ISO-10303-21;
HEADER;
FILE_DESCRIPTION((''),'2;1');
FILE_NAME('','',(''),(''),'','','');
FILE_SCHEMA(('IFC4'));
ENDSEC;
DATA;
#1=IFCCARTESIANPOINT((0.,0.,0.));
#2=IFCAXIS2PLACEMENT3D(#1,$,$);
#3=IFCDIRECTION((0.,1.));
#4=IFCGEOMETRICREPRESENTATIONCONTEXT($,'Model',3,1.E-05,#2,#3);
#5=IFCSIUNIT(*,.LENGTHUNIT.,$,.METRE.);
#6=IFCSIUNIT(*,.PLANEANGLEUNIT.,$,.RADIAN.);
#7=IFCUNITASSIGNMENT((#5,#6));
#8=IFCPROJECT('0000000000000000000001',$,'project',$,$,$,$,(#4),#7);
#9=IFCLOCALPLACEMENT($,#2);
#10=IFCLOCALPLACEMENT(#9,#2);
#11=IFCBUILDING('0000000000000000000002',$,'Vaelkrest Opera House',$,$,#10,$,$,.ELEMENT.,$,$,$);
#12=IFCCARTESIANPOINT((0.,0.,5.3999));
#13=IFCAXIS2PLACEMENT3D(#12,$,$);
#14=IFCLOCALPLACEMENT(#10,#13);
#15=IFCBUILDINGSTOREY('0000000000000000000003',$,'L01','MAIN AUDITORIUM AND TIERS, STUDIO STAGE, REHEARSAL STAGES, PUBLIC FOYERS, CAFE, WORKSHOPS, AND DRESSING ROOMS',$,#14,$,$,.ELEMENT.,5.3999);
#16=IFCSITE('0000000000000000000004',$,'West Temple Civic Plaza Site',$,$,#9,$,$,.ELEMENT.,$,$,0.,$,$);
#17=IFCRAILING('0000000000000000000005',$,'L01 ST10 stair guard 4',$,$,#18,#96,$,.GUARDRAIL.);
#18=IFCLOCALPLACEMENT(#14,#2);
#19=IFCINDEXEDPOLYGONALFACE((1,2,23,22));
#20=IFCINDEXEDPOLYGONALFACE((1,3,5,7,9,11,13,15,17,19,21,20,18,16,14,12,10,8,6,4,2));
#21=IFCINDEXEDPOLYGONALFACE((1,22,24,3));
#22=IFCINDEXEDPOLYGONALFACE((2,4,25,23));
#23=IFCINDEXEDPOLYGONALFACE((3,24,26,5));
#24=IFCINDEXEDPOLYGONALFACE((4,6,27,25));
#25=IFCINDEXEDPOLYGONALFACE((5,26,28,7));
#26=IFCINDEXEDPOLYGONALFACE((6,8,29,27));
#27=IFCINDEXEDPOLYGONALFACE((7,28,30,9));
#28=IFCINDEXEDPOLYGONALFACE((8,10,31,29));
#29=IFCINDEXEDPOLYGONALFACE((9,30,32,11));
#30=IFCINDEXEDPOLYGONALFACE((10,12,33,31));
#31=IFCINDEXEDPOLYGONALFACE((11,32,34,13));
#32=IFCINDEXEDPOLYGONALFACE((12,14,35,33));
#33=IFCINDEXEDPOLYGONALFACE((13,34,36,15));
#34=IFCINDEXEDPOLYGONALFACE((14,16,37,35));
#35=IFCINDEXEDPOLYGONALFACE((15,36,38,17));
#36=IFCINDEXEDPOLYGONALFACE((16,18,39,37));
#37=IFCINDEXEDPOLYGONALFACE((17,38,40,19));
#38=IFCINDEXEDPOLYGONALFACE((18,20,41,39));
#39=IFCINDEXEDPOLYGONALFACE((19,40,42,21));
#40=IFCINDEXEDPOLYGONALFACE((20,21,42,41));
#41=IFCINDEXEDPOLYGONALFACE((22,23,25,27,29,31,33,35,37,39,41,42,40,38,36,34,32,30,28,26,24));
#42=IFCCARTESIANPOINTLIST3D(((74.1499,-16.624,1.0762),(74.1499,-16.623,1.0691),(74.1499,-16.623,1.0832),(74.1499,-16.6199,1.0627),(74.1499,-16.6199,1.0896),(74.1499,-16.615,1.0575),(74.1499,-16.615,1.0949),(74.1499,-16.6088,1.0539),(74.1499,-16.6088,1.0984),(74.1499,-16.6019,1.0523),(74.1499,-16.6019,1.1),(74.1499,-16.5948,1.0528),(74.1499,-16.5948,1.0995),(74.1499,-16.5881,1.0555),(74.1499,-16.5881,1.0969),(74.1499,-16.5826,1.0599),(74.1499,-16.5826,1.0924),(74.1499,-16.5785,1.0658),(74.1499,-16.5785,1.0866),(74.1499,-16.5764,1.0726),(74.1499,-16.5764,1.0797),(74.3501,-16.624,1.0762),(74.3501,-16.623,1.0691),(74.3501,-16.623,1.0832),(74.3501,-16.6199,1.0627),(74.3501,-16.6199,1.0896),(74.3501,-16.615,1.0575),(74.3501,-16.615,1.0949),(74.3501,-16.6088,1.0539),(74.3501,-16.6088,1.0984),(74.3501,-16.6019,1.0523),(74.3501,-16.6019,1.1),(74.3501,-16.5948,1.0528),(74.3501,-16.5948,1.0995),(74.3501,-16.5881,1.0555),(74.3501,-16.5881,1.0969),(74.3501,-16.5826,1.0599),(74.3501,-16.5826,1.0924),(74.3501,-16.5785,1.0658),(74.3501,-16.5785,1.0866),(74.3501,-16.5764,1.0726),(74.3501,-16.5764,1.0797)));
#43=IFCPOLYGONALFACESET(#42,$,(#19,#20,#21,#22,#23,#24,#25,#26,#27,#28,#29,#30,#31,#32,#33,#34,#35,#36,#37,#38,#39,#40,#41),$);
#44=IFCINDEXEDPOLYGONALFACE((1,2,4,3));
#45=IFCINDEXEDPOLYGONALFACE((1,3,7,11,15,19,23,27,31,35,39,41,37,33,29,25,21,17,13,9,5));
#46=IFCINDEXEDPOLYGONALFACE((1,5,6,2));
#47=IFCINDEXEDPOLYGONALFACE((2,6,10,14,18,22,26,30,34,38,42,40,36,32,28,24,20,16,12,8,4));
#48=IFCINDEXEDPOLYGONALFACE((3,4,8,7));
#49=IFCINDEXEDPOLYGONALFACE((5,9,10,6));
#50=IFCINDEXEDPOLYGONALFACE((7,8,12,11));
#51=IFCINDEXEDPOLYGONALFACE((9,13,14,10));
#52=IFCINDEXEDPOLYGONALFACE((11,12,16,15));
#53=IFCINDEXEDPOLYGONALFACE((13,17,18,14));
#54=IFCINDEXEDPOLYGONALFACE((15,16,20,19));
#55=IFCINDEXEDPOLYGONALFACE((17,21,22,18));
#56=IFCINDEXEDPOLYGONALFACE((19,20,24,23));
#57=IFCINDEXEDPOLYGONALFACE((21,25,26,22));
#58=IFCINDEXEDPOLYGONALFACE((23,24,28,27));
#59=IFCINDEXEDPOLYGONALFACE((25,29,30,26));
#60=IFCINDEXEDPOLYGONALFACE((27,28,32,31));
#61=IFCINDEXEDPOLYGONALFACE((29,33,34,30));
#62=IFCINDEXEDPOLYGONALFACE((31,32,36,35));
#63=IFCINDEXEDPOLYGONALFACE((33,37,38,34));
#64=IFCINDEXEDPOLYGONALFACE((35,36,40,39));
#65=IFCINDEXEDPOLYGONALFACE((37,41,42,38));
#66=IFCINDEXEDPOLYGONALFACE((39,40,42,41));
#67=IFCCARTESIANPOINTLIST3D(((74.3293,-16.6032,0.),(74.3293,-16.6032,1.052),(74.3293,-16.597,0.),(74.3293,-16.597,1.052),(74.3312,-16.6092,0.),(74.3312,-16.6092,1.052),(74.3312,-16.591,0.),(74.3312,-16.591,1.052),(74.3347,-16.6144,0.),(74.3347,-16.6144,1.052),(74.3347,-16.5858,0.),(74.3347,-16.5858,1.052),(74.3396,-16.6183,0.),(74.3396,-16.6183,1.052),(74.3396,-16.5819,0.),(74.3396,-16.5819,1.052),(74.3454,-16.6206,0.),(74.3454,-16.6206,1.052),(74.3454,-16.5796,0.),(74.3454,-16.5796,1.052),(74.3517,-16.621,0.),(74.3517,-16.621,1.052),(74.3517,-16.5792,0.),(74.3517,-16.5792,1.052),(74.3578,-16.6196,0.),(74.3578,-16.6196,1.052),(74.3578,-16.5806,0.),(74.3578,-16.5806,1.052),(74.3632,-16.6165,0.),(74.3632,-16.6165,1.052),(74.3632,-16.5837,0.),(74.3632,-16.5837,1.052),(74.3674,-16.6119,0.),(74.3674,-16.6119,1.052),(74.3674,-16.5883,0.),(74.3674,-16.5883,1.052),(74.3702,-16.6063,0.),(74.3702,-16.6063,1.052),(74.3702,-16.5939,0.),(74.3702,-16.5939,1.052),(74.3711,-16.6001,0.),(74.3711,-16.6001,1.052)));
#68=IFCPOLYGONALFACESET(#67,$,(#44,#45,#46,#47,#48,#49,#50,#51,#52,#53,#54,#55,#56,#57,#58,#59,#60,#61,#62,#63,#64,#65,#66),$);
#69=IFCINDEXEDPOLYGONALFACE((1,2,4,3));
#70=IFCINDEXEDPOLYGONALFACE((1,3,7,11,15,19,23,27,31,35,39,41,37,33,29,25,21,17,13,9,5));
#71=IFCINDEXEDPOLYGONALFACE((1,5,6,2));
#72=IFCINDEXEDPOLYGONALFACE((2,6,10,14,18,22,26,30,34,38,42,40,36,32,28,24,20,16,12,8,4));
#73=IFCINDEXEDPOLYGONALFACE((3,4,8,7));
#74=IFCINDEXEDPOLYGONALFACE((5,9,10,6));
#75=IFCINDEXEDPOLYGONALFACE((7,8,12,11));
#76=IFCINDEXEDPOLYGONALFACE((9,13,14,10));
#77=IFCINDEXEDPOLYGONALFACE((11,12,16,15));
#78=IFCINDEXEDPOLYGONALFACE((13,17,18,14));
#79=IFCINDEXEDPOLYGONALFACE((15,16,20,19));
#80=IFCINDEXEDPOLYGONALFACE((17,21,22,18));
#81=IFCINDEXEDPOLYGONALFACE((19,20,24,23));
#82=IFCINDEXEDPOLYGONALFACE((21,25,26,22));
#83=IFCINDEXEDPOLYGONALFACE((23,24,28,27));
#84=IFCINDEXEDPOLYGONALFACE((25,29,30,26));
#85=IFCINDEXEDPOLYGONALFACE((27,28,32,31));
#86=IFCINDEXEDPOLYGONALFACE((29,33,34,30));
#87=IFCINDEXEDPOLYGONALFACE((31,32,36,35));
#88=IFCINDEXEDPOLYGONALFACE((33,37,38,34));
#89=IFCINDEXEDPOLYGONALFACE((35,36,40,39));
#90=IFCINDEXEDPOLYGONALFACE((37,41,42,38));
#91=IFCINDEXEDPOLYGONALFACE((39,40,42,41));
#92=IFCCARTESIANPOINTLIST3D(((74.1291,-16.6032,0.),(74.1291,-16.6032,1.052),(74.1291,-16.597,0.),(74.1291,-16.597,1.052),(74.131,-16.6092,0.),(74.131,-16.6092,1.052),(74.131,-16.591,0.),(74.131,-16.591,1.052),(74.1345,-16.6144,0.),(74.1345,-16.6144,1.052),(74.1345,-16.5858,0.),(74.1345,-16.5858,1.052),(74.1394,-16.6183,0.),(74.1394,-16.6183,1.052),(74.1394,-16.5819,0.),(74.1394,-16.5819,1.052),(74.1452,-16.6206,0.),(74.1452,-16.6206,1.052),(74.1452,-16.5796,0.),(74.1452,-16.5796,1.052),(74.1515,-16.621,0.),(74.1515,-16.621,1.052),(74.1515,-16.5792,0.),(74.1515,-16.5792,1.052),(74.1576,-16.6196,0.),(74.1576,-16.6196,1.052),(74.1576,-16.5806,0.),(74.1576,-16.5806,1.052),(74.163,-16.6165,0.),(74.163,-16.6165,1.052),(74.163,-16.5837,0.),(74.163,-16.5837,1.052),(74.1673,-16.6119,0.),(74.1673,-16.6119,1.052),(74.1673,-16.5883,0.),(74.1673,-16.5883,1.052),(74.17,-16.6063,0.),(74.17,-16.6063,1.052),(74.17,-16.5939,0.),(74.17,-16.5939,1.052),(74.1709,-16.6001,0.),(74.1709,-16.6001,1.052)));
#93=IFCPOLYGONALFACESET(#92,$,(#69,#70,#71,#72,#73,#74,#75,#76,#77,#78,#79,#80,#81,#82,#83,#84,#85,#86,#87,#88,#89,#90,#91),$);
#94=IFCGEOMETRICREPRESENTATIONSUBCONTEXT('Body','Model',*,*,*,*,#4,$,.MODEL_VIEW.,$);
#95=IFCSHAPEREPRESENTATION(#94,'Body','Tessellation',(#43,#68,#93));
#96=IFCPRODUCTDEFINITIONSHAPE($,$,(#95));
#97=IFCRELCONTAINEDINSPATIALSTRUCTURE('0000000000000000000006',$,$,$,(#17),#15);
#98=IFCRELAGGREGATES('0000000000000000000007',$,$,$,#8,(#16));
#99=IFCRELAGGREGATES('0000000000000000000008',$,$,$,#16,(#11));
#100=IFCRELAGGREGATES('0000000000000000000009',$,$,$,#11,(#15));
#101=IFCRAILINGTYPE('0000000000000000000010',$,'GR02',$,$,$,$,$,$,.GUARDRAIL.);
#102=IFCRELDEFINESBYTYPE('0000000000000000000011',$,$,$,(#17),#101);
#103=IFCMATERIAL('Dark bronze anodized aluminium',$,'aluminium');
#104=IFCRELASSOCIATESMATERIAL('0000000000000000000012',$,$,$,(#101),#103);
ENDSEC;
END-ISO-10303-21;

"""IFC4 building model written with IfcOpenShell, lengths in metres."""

from ifc_helpers import new_model, si_unit, direction, frame, origin, origin_2d, place, context, subcontext, project, spatial, circle, extrude, material, type_object, element, save


model = new_model("IFC4")

# Units and contexts
model_context = context("Model", 3, precision=1e-05, world=origin(), true_north=direction((0.0, 1.0)))
body_context = subcontext(model_context, "Body", "Model", "MODEL_VIEW")
ifc_project = project(units=[si_unit("LENGTHUNIT", "METRE"), si_unit("PLANEANGLEUNIT", "RADIAN")], contexts=[model_context])

# Site, building, storey
site_placement = place(None, origin())
site = spatial("IfcSite", under=ifc_project, at=site_placement, Name="West Temple Civic Plaza Site", CompositionType="ELEMENT", RefElevation=0.0)
building_placement = place(site_placement, origin())
building = spatial("IfcBuilding", under=site, at=building_placement, Name="Vaelkrest Opera House", CompositionType="ELEMENT")
storey_placement = place(building_placement, frame((0.0, 0.0, 5.3999)))
storey = spatial("IfcBuildingStorey", under=building, at=storey_placement, Name="L01", Description="MAIN AUDITORIUM AND TIERS, STUDIO STAGE, REHEARSAL STAGES, PUBLIC FOYERS, CAFE, WORKSHOPS, AND DRESSING ROOMS", CompositionType="ELEMENT", Elevation=5.3999)

# Railing
ifc_material_1 = material(Name="Dark bronze anodized aluminium", Category="aluminium")
railing_type_1 = type_object("IfcRailingType", Name="GR02", PredefinedType="GUARDRAIL", material=ifc_material_1)
railing_1_placement = place(storey_placement, frame((74.3501, -16.6001, 0.0)))
element("IfcRailing", 1, at=railing_1_placement, inside=storey, type_object=railing_type_1, Name="L01 ST10 stair guard 4", PredefinedType="GUARDRAIL", context=body_context, shape_type="SweptSolid", body=[
    extrude(circle(Radius=0.0239, at=origin_2d()), frame((0.0, 0.0, 1.0762), z_axis=(-1.0, 0.0, 0.0), x_axis=(0.0, -1.0, 0.0)), (0.0, 0.0, 1.0), 0.2002),
    extrude(circle(Radius=0.021, at=origin_2d()), origin(), (0.0, 0.0, 1.0), 1.052),
    extrude(circle(Radius=0.021, at=origin_2d()), frame((-0.2002, 0.0, 0.0)), (0.0, 0.0, 1.0), 1.052),
])

save(model, "model.ifc")
